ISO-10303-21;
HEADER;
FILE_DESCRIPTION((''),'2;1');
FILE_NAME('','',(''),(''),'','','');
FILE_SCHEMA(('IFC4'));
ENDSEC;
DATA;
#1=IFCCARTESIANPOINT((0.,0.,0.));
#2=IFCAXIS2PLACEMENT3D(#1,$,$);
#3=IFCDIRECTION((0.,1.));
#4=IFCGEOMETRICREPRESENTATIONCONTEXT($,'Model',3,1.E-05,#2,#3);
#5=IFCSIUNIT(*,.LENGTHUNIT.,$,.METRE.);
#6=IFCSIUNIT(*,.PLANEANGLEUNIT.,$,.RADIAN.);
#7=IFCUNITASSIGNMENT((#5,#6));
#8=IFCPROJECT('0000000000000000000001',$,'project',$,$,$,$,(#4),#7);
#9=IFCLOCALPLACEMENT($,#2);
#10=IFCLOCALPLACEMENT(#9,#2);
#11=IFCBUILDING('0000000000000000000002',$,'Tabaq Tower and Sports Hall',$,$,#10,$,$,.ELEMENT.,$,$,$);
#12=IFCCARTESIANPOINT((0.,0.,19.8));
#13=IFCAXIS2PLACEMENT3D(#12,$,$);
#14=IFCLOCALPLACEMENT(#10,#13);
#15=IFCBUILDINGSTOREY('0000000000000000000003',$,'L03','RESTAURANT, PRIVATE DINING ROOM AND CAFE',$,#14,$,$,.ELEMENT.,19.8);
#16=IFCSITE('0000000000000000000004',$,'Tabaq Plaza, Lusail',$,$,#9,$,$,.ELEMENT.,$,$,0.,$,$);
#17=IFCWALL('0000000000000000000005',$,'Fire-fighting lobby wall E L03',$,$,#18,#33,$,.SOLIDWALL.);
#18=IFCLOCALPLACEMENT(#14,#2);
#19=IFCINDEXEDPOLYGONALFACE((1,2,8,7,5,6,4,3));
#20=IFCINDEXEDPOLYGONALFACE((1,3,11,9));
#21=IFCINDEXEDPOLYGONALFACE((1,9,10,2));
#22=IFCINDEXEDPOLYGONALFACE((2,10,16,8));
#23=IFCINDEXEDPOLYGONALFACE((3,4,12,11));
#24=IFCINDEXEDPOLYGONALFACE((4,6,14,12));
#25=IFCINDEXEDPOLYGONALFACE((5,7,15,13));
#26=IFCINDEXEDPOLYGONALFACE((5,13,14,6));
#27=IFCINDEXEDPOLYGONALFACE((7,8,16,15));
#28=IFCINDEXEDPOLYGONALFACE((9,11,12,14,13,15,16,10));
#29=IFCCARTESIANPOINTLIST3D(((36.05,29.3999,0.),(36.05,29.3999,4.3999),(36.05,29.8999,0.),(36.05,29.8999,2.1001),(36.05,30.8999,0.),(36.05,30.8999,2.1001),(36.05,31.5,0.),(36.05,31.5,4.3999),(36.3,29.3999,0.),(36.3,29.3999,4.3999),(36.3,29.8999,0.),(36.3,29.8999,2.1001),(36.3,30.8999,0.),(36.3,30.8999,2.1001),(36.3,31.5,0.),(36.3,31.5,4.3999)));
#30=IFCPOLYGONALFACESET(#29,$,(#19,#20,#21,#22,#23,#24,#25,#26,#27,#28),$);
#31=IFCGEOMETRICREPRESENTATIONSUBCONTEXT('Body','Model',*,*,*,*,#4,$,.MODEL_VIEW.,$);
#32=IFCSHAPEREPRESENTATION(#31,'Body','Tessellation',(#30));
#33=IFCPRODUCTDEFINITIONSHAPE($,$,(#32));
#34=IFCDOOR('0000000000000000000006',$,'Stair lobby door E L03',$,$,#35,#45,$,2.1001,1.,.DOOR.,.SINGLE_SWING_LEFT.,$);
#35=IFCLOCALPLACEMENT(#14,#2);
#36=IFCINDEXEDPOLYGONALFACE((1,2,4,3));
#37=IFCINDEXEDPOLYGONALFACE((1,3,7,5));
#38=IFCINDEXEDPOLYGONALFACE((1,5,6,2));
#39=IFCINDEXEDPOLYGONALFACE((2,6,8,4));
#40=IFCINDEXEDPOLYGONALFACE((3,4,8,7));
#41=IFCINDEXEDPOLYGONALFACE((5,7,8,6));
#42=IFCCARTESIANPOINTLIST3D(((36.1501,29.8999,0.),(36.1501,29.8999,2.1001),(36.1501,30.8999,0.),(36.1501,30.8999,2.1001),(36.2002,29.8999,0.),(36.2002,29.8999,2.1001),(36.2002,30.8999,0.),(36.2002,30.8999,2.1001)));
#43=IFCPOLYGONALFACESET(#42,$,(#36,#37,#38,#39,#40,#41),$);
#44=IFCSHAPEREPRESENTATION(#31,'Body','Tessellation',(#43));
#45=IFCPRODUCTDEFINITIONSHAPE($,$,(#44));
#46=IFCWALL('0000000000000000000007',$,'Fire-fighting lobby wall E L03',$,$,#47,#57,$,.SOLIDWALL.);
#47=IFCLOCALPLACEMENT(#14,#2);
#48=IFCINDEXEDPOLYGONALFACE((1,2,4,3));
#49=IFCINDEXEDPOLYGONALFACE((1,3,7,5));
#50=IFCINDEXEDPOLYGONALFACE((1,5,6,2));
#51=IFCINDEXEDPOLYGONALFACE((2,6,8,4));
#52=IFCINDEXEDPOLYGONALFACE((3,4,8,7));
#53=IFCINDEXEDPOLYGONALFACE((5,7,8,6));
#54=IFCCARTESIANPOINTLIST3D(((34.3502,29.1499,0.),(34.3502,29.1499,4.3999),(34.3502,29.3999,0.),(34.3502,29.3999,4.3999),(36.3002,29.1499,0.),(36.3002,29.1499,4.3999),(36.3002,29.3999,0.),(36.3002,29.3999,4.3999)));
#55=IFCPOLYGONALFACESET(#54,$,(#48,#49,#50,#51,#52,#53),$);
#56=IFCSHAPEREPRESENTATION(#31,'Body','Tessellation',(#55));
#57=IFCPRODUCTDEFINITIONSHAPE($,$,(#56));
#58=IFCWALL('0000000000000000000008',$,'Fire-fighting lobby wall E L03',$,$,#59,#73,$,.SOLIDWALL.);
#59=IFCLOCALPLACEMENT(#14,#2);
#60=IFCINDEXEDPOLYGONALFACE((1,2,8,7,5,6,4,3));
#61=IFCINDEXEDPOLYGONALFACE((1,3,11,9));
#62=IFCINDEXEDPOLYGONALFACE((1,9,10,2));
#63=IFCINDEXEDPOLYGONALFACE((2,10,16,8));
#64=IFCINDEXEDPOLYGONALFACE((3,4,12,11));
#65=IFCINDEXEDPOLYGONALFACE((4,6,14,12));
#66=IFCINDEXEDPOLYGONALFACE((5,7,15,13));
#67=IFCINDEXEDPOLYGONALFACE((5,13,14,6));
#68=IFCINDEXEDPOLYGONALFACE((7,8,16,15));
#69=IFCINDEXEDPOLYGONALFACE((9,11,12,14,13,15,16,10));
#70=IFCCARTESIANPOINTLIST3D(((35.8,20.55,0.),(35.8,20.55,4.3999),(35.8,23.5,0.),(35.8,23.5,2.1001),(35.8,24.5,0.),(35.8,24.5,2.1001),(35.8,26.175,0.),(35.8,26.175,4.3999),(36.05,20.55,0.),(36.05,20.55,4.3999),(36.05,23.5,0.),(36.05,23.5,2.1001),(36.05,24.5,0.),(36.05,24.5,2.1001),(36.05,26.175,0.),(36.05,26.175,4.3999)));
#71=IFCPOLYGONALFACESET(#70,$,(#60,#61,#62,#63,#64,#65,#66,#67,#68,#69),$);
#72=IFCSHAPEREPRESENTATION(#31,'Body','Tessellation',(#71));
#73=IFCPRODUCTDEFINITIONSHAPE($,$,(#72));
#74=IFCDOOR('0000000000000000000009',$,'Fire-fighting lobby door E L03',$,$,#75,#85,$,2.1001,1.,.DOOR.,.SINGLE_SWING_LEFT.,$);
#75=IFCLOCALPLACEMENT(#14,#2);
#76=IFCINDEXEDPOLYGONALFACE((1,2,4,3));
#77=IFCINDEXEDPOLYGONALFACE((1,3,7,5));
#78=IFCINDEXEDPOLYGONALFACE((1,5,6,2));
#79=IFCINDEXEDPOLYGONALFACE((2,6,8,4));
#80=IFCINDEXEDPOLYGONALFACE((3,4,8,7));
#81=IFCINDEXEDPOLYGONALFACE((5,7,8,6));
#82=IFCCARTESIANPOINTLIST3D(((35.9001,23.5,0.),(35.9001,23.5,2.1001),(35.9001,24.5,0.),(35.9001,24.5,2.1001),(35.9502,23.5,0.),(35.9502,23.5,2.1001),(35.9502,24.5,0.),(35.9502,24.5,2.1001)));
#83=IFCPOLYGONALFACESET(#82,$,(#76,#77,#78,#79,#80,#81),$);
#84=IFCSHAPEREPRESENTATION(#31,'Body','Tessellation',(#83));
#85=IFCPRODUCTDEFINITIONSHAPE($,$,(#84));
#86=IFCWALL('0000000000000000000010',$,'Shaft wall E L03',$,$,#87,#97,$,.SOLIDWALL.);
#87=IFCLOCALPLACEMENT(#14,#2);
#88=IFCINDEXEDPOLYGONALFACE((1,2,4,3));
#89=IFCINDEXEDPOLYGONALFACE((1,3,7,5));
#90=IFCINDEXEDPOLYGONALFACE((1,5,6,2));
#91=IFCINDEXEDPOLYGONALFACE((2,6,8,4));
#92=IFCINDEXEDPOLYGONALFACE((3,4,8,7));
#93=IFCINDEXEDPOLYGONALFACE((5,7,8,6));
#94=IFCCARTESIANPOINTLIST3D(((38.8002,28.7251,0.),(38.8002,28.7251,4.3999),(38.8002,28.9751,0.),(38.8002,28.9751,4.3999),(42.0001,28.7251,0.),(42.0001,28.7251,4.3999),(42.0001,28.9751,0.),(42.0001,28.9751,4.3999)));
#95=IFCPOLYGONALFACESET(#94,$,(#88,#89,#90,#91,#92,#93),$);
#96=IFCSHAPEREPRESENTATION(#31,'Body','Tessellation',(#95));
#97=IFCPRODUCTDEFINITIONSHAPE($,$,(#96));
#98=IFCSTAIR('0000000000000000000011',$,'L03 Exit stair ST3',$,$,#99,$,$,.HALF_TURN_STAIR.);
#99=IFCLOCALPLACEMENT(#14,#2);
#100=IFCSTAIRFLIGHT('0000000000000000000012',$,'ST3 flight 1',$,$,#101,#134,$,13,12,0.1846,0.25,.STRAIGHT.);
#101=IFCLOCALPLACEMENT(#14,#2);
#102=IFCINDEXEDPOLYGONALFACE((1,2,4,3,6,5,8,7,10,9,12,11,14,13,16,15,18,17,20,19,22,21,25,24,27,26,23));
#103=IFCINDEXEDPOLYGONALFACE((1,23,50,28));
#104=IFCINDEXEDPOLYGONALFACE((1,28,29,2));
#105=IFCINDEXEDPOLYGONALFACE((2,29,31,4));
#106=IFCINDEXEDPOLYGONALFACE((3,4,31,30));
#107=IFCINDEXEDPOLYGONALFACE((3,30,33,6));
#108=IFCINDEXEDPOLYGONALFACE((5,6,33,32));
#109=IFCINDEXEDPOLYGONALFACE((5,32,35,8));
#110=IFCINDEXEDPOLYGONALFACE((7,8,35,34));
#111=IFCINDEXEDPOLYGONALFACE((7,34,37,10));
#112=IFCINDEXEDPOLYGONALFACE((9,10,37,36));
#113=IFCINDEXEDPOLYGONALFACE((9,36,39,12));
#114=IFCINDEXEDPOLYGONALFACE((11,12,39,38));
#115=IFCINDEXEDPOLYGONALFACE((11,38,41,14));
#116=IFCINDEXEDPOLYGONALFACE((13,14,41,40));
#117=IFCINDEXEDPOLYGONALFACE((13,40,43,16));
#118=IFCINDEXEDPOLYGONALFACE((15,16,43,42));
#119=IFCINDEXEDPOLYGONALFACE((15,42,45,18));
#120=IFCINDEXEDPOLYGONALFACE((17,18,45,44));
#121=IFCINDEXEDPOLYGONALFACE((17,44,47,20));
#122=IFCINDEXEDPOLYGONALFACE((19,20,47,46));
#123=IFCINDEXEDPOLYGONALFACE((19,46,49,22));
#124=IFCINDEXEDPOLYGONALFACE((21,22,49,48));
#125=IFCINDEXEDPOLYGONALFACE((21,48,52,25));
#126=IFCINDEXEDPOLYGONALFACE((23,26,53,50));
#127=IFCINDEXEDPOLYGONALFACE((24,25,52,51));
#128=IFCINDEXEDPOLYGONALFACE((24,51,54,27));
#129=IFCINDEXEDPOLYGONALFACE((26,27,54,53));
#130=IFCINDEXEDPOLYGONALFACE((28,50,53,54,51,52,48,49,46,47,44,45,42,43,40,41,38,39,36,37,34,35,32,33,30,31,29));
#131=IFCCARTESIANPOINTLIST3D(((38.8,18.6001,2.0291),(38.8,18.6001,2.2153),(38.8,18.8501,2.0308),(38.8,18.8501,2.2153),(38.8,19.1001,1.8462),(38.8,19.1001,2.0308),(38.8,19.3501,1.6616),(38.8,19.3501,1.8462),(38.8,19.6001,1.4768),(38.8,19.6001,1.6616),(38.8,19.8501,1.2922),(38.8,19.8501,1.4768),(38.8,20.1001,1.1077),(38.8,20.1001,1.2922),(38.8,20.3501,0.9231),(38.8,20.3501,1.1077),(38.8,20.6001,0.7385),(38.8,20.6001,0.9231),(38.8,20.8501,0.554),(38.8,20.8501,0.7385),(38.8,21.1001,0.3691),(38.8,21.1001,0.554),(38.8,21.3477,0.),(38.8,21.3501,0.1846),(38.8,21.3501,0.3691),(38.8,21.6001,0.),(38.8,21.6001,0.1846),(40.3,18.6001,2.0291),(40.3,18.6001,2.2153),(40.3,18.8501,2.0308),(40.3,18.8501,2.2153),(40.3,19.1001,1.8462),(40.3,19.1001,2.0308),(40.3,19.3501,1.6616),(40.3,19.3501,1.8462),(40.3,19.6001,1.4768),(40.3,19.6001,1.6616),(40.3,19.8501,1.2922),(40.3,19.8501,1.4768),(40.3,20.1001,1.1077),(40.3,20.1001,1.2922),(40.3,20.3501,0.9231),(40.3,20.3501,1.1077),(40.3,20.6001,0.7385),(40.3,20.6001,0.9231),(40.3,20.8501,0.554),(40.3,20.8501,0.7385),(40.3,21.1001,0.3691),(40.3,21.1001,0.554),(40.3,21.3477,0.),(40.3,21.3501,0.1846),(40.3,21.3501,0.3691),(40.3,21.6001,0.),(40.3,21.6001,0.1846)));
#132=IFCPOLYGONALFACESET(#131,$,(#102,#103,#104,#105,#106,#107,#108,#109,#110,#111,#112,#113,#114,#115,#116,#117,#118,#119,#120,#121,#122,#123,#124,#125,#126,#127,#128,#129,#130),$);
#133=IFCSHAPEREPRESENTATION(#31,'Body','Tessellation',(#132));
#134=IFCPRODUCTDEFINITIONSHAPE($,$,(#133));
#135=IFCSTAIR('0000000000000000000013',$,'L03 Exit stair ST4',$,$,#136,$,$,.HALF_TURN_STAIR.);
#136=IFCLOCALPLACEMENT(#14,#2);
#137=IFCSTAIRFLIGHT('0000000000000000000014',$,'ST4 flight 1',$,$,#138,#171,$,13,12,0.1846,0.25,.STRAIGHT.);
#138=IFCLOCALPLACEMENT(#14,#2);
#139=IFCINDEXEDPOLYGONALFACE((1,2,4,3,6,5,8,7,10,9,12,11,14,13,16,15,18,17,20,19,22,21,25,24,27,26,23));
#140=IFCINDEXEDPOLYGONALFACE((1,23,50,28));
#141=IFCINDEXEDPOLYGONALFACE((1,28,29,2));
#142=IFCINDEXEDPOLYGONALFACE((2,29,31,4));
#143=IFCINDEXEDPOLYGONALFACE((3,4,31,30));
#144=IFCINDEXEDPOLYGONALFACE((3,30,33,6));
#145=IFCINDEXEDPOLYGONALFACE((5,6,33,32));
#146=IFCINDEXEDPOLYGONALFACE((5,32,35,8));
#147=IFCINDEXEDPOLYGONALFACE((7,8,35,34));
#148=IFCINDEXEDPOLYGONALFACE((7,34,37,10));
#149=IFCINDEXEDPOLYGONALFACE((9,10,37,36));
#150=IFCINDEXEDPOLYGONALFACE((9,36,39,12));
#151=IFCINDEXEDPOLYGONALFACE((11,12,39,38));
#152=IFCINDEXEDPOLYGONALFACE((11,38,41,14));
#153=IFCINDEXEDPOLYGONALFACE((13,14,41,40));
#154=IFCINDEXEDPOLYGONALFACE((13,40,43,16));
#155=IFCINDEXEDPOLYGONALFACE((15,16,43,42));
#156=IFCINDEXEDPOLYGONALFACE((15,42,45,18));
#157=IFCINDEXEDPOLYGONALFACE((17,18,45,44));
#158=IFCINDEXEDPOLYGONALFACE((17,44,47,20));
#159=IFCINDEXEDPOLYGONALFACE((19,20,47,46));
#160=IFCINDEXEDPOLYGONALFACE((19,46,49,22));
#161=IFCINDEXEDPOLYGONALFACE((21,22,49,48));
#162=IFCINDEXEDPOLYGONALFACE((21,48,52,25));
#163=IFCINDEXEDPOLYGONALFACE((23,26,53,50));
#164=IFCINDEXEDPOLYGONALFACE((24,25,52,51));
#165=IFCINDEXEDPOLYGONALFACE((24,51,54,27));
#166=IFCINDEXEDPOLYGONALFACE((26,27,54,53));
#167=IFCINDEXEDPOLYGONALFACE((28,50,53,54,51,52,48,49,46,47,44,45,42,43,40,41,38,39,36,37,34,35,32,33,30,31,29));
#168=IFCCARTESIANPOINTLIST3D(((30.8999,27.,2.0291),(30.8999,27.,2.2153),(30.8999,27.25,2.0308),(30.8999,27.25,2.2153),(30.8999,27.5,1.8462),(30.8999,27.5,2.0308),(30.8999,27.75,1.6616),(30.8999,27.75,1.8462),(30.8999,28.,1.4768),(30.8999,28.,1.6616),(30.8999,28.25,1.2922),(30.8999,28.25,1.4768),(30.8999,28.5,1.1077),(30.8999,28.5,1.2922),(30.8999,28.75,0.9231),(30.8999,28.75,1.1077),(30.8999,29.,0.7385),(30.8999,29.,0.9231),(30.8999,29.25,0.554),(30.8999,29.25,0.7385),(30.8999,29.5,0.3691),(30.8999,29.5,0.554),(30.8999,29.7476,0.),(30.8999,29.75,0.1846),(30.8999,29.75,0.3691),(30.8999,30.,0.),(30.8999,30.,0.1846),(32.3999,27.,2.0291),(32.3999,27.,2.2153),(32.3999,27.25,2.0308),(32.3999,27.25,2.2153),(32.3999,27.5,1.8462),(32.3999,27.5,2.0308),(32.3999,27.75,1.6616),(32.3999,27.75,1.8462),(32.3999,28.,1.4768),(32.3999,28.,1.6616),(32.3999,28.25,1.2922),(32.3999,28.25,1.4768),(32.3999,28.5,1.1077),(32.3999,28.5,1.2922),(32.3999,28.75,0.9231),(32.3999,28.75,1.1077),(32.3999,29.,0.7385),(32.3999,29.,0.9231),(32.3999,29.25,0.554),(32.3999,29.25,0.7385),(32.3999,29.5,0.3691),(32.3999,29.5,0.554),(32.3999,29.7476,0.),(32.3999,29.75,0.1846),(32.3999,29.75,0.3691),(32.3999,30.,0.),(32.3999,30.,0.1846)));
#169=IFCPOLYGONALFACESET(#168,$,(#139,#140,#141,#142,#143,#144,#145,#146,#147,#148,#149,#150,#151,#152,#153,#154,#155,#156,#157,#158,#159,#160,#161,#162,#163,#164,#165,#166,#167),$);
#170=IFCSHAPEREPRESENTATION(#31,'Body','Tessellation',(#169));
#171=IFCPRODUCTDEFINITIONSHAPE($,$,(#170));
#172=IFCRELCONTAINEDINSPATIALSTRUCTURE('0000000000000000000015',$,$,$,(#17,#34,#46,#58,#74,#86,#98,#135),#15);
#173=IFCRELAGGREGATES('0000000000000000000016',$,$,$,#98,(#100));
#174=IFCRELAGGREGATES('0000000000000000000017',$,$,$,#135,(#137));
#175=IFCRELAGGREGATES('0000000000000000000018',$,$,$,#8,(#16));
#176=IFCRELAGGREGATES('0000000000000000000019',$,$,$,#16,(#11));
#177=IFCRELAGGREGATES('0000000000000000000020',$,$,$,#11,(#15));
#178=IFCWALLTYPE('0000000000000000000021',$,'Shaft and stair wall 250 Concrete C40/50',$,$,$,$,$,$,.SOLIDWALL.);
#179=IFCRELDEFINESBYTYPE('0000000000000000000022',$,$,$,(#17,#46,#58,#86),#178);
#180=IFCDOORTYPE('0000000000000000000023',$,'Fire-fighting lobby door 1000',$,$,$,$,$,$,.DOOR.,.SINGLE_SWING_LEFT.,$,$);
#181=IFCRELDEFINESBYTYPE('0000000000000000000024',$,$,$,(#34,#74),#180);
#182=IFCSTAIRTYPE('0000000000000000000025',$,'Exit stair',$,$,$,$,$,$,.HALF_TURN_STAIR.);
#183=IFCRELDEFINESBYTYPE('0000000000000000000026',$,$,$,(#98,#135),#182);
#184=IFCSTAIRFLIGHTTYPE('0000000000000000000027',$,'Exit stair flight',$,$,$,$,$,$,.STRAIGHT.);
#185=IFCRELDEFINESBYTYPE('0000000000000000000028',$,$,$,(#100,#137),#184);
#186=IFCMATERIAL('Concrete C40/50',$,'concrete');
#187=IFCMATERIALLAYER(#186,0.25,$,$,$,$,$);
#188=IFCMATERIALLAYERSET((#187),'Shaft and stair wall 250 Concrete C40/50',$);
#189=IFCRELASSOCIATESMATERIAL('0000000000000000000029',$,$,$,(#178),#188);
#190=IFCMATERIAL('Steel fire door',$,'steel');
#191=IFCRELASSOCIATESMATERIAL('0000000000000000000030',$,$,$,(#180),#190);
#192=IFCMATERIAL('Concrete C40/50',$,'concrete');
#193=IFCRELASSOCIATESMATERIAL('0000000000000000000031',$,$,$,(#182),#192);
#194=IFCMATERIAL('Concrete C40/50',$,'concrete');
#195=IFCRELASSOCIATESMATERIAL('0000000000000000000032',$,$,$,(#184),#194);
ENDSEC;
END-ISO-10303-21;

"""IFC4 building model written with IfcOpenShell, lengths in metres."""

from ifc_helpers import new_model, si_unit, direction, frame, frame_2d, origin, place, context, subcontext, project, spatial, polyline, rectangle, outline, extrude, material, layer, layer_set, type_object, element, fill, aggregate, save


model = new_model("IFC4")

# Units and contexts
model_context = context("Model", 3, precision=1e-05, world=origin(), true_north=direction((0.0, 1.0)))
body_context = subcontext(model_context, "Body", "Model", "MODEL_VIEW")
ifc_project = project(units=[si_unit("LENGTHUNIT", "METRE"), si_unit("PLANEANGLEUNIT", "RADIAN")], contexts=[model_context])

# Site, building, storey
site_placement = place(None, origin())
site = spatial("IfcSite", under=ifc_project, at=site_placement, Name="Tabaq Plaza, Lusail", CompositionType="ELEMENT", RefElevation=0.0)
building_placement = place(site_placement, origin())
building = spatial("IfcBuilding", under=site, at=building_placement, Name="Tabaq Tower and Sports Hall", CompositionType="ELEMENT")
storey_placement = place(building_placement, frame((0.0, 0.0, 19.8)))
storey = spatial("IfcBuildingStorey", under=building, at=storey_placement, Name="L03", Description="RESTAURANT, PRIVATE DINING ROOM AND CAFE", CompositionType="ELEMENT", Elevation=19.8)

# Shared definitions
ifc_material_1 = material(Name="Concrete C40/50", Category="concrete")
ifc_layer_1 = layer(ifc_material_1, 0.25)
ifc_layer_set_1 = layer_set([ifc_layer_1], Name="Shaft and stair wall 250 Concrete C40/50")
wall_type_1 = type_object("IfcWallType", Name="Shaft and stair wall 250 Concrete C40/50", PredefinedType="SOLIDWALL", material=ifc_layer_set_1)

# Wall, opening, door
wall_1_placement = place(storey_placement, frame((36.175, 29.3999, 0.0), z_axis=(0.0, 0.0, 1.0), x_axis=(0.0, 1.0, 0.0)))
wall_1 = element("IfcWall", 1, at=wall_1_placement, inside=storey, type_object=wall_type_1, Name="Fire-fighting lobby wall E L03", PredefinedType="SOLIDWALL", context=body_context, shape_type="SweptSolid", body=[
    extrude(rectangle(XDim=2.1001, YDim=0.25, at=frame_2d((1.05, 0.0))), origin(), (0.0, 0.0, 1.0), 4.3999),
])
opening_1_placement = place(wall_1_placement, frame((0.5, 0.0, 0.0)))
opening_1 = element("IfcOpeningElement", 2, at=opening_1_placement, cuts=wall_1, PredefinedType="OPENING", context=body_context, shape_type="SweptSolid", body=[
    extrude(rectangle(XDim=1.0, YDim=2.1001, at=frame_2d((0.5, 1.05))), frame((0.0, 0.125, 0.0), z_axis=(0.0, -1.0, 0.0), x_axis=(1.0, 0.0, 0.0)), (0.0, 0.0, 1.0), 0.25),
])
ifc_material_2 = material(Name="Steel fire door", Category="steel")
door_type_1 = type_object("IfcDoorType", Name="Fire-fighting lobby door 1000", OperationType="SINGLE_SWING_LEFT", PredefinedType="DOOR", material=ifc_material_2)
door_1_placement = place(opening_1_placement, origin())
door_1 = element("IfcDoor", 3, at=door_1_placement, inside=storey, type_object=door_type_1, Name="Stair lobby door E L03", OperationType="SINGLE_SWING_LEFT", OverallHeight=2.1001, OverallWidth=1.0, PredefinedType="DOOR", context=body_context, shape_type="SweptSolid", body=[
    extrude(rectangle(XDim=1.0, YDim=2.1001, at=frame_2d((0.5, 1.05))), frame((0.0, 0.0249, 0.0), z_axis=(0.0, -1.0, 0.0), x_axis=(1.0, 0.0, 0.0)), (0.0, 0.0, 1.0), 0.05),
])
fill(opening_1, door_1)

# Wall
wall_2_placement = place(storey_placement, frame((34.3501, 29.2749, 0.0), z_axis=(0.0, 0.0, 1.0), x_axis=(1.0, 0.0, 0.0)))
element("IfcWall", 4, at=wall_2_placement, inside=storey, type_object=wall_type_1, Name="Fire-fighting lobby wall E L03", PredefinedType="SOLIDWALL", context=body_context, shape_type="SweptSolid", body=[
    extrude(rectangle(XDim=1.95, YDim=0.25, at=frame_2d((0.9751, 0.0))), origin(), (0.0, 0.0, 1.0), 4.3999),
])

# Wall, opening, door
wall_3_placement = place(storey_placement, frame((35.925, 20.55, 0.0), z_axis=(0.0, 0.0, 1.0), x_axis=(0.0, 1.0, 0.0)))
wall_3 = element("IfcWall", 5, at=wall_3_placement, inside=storey, type_object=wall_type_1, Name="Fire-fighting lobby wall E L03", PredefinedType="SOLIDWALL", context=body_context, shape_type="SweptSolid", body=[
    extrude(rectangle(XDim=5.625, YDim=0.25, at=frame_2d((2.8125, 0.0))), origin(), (0.0, 0.0, 1.0), 4.3999),
])
opening_2_placement = place(wall_3_placement, frame((2.95, 0.0, 0.0)))
opening_2 = element("IfcOpeningElement", 6, at=opening_2_placement, cuts=wall_3, PredefinedType="OPENING", context=body_context, shape_type="SweptSolid", body=[
    extrude(rectangle(XDim=1.0, YDim=2.1001, at=frame_2d((0.5, 1.05))), frame((0.0, 0.125, 0.0), z_axis=(0.0, -1.0, 0.0), x_axis=(1.0, 0.0, 0.0)), (0.0, 0.0, 1.0), 0.25),
])
door_2_placement = place(opening_2_placement, origin())
door_2 = element("IfcDoor", 7, at=door_2_placement, inside=storey, type_object=door_type_1, Name="Fire-fighting lobby door E L03", OperationType="SINGLE_SWING_LEFT", OverallHeight=2.1001, OverallWidth=1.0, PredefinedType="DOOR", context=body_context, shape_type="SweptSolid", body=[
    extrude(rectangle(XDim=1.0, YDim=2.1001, at=frame_2d((0.5, 1.05))), frame((0.0, 0.0249, 0.0), z_axis=(0.0, -1.0, 0.0), x_axis=(1.0, 0.0, 0.0)), (0.0, 0.0, 1.0), 0.05),
])
fill(opening_2, door_2)

# Wall
wall_4_placement = place(storey_placement, frame((38.8, 28.8501, 0.0), z_axis=(0.0, 0.0, 1.0), x_axis=(1.0, 0.0, 0.0)))
element("IfcWall", 8, at=wall_4_placement, inside=storey, type_object=wall_type_1, Name="Shaft wall E L03", PredefinedType="SOLIDWALL", context=body_context, shape_type="SweptSolid", body=[
    extrude(rectangle(XDim=3.2, YDim=0.25, at=frame_2d((1.6001, 0.0))), origin(), (0.0, 0.0, 1.0), 4.3999),
])

# Stair, stair flight
ifc_material_3 = material(Name="Concrete C40/50", Category="concrete")
stair_type = type_object("IfcStairType", Name="Exit stair", PredefinedType="HALF_TURN_STAIR", material=ifc_material_3)
stair_1_placement = place(storey_placement, origin())
stair_1 = element("IfcStair", 9, at=stair_1_placement, inside=storey, type_object=stair_type, Name="L03 Exit stair ST3", PredefinedType="HALF_TURN_STAIR")
ifc_material_4 = material(Name="Concrete C40/50", Category="concrete")
stair_flight_type = type_object("IfcStairFlightType", Name="Exit stair flight", PredefinedType="STRAIGHT", material=ifc_material_4)
stair_flight_1_placement = place(storey_placement, frame((39.55, 21.6001, 0.0), z_axis=(0.0, 0.0, 1.0), x_axis=(0.0, -1.0, 0.0)))
stair_flight_1 = element("IfcStairFlight", 10, at=stair_flight_1_placement, type_object=stair_flight_type, Name="ST3 flight 1", NumberOfRisers=13, NumberOfTreads=12, PredefinedType="STRAIGHT", RiserHeight=0.1846, TreadLength=0.25, context=body_context, shape_type="SweptSolid", body=[
    extrude(outline(polyline([(0.0, 0.0), (0.0, 0.1846), (0.25, 0.1846), (0.25, 0.3691), (0.5, 0.3691), (0.5, 0.554), (0.75, 0.554), (0.75, 0.7385), (1.0, 0.7385), (1.0, 0.9231), (1.25, 0.9231), (1.25, 1.1077), (1.5, 1.1077), (1.5, 1.2922), (1.75, 1.2922), (1.75, 1.4768), (2.0, 1.4768), (2.0, 1.6616), (2.25, 1.6616), (2.25, 1.8462), (2.5, 1.8462), (2.5, 2.0308), (2.75, 2.0308), (2.75, 2.2153), (3.0, 2.2153), (3.0, 2.3999), (3.0, 2.0291), (0.2524, 0.0), (0.0, 0.0)])), frame((0.0, 0.75, 0.0), z_axis=(0.0, -1.0, 0.0), x_axis=(1.0, 0.0, 0.0)), (0.0, 0.0, 1.0), 1.5),
])
aggregate(stair_1, [stair_flight_1])

# Stair, stair flight
stair_2_placement = place(storey_placement, origin())
stair_2 = element("IfcStair", 11, at=stair_2_placement, inside=storey, type_object=stair_type, Name="L03 Exit stair ST4", PredefinedType="HALF_TURN_STAIR")
stair_flight_2_placement = place(storey_placement, frame((31.6499, 30.0, 0.0), z_axis=(0.0, 0.0, 1.0), x_axis=(0.0, -1.0, 0.0)))
stair_flight_2 = element("IfcStairFlight", 12, at=stair_flight_2_placement, type_object=stair_flight_type, Name="ST4 flight 1", NumberOfRisers=13, NumberOfTreads=12, PredefinedType="STRAIGHT", RiserHeight=0.1846, TreadLength=0.25, context=body_context, shape_type="SweptSolid", body=[
    extrude(outline(polyline([(0.0, 0.0), (0.0, 0.1846), (0.25, 0.1846), (0.25, 0.3691), (0.5, 0.3691), (0.5, 0.554), (0.75, 0.554), (0.75, 0.7385), (1.0, 0.7385), (1.0, 0.9231), (1.25, 0.9231), (1.25, 1.1077), (1.5, 1.1077), (1.5, 1.2922), (1.75, 1.2922), (1.75, 1.4768), (2.0, 1.4768), (2.0, 1.6616), (2.25, 1.6616), (2.25, 1.8462), (2.5, 1.8462), (2.5, 2.0308), (2.75, 2.0308), (2.75, 2.2153), (3.0, 2.2153), (3.0, 2.3999), (3.0, 2.0291), (0.2524, 0.0), (0.0, 0.0)])), frame((0.0, 0.75, 0.0), z_axis=(0.0, -1.0, 0.0), x_axis=(1.0, 0.0, 0.0)), (0.0, 0.0, 1.0), 1.5),
])
aggregate(stair_2, [stair_flight_2])

save(model, "model.ifc")
